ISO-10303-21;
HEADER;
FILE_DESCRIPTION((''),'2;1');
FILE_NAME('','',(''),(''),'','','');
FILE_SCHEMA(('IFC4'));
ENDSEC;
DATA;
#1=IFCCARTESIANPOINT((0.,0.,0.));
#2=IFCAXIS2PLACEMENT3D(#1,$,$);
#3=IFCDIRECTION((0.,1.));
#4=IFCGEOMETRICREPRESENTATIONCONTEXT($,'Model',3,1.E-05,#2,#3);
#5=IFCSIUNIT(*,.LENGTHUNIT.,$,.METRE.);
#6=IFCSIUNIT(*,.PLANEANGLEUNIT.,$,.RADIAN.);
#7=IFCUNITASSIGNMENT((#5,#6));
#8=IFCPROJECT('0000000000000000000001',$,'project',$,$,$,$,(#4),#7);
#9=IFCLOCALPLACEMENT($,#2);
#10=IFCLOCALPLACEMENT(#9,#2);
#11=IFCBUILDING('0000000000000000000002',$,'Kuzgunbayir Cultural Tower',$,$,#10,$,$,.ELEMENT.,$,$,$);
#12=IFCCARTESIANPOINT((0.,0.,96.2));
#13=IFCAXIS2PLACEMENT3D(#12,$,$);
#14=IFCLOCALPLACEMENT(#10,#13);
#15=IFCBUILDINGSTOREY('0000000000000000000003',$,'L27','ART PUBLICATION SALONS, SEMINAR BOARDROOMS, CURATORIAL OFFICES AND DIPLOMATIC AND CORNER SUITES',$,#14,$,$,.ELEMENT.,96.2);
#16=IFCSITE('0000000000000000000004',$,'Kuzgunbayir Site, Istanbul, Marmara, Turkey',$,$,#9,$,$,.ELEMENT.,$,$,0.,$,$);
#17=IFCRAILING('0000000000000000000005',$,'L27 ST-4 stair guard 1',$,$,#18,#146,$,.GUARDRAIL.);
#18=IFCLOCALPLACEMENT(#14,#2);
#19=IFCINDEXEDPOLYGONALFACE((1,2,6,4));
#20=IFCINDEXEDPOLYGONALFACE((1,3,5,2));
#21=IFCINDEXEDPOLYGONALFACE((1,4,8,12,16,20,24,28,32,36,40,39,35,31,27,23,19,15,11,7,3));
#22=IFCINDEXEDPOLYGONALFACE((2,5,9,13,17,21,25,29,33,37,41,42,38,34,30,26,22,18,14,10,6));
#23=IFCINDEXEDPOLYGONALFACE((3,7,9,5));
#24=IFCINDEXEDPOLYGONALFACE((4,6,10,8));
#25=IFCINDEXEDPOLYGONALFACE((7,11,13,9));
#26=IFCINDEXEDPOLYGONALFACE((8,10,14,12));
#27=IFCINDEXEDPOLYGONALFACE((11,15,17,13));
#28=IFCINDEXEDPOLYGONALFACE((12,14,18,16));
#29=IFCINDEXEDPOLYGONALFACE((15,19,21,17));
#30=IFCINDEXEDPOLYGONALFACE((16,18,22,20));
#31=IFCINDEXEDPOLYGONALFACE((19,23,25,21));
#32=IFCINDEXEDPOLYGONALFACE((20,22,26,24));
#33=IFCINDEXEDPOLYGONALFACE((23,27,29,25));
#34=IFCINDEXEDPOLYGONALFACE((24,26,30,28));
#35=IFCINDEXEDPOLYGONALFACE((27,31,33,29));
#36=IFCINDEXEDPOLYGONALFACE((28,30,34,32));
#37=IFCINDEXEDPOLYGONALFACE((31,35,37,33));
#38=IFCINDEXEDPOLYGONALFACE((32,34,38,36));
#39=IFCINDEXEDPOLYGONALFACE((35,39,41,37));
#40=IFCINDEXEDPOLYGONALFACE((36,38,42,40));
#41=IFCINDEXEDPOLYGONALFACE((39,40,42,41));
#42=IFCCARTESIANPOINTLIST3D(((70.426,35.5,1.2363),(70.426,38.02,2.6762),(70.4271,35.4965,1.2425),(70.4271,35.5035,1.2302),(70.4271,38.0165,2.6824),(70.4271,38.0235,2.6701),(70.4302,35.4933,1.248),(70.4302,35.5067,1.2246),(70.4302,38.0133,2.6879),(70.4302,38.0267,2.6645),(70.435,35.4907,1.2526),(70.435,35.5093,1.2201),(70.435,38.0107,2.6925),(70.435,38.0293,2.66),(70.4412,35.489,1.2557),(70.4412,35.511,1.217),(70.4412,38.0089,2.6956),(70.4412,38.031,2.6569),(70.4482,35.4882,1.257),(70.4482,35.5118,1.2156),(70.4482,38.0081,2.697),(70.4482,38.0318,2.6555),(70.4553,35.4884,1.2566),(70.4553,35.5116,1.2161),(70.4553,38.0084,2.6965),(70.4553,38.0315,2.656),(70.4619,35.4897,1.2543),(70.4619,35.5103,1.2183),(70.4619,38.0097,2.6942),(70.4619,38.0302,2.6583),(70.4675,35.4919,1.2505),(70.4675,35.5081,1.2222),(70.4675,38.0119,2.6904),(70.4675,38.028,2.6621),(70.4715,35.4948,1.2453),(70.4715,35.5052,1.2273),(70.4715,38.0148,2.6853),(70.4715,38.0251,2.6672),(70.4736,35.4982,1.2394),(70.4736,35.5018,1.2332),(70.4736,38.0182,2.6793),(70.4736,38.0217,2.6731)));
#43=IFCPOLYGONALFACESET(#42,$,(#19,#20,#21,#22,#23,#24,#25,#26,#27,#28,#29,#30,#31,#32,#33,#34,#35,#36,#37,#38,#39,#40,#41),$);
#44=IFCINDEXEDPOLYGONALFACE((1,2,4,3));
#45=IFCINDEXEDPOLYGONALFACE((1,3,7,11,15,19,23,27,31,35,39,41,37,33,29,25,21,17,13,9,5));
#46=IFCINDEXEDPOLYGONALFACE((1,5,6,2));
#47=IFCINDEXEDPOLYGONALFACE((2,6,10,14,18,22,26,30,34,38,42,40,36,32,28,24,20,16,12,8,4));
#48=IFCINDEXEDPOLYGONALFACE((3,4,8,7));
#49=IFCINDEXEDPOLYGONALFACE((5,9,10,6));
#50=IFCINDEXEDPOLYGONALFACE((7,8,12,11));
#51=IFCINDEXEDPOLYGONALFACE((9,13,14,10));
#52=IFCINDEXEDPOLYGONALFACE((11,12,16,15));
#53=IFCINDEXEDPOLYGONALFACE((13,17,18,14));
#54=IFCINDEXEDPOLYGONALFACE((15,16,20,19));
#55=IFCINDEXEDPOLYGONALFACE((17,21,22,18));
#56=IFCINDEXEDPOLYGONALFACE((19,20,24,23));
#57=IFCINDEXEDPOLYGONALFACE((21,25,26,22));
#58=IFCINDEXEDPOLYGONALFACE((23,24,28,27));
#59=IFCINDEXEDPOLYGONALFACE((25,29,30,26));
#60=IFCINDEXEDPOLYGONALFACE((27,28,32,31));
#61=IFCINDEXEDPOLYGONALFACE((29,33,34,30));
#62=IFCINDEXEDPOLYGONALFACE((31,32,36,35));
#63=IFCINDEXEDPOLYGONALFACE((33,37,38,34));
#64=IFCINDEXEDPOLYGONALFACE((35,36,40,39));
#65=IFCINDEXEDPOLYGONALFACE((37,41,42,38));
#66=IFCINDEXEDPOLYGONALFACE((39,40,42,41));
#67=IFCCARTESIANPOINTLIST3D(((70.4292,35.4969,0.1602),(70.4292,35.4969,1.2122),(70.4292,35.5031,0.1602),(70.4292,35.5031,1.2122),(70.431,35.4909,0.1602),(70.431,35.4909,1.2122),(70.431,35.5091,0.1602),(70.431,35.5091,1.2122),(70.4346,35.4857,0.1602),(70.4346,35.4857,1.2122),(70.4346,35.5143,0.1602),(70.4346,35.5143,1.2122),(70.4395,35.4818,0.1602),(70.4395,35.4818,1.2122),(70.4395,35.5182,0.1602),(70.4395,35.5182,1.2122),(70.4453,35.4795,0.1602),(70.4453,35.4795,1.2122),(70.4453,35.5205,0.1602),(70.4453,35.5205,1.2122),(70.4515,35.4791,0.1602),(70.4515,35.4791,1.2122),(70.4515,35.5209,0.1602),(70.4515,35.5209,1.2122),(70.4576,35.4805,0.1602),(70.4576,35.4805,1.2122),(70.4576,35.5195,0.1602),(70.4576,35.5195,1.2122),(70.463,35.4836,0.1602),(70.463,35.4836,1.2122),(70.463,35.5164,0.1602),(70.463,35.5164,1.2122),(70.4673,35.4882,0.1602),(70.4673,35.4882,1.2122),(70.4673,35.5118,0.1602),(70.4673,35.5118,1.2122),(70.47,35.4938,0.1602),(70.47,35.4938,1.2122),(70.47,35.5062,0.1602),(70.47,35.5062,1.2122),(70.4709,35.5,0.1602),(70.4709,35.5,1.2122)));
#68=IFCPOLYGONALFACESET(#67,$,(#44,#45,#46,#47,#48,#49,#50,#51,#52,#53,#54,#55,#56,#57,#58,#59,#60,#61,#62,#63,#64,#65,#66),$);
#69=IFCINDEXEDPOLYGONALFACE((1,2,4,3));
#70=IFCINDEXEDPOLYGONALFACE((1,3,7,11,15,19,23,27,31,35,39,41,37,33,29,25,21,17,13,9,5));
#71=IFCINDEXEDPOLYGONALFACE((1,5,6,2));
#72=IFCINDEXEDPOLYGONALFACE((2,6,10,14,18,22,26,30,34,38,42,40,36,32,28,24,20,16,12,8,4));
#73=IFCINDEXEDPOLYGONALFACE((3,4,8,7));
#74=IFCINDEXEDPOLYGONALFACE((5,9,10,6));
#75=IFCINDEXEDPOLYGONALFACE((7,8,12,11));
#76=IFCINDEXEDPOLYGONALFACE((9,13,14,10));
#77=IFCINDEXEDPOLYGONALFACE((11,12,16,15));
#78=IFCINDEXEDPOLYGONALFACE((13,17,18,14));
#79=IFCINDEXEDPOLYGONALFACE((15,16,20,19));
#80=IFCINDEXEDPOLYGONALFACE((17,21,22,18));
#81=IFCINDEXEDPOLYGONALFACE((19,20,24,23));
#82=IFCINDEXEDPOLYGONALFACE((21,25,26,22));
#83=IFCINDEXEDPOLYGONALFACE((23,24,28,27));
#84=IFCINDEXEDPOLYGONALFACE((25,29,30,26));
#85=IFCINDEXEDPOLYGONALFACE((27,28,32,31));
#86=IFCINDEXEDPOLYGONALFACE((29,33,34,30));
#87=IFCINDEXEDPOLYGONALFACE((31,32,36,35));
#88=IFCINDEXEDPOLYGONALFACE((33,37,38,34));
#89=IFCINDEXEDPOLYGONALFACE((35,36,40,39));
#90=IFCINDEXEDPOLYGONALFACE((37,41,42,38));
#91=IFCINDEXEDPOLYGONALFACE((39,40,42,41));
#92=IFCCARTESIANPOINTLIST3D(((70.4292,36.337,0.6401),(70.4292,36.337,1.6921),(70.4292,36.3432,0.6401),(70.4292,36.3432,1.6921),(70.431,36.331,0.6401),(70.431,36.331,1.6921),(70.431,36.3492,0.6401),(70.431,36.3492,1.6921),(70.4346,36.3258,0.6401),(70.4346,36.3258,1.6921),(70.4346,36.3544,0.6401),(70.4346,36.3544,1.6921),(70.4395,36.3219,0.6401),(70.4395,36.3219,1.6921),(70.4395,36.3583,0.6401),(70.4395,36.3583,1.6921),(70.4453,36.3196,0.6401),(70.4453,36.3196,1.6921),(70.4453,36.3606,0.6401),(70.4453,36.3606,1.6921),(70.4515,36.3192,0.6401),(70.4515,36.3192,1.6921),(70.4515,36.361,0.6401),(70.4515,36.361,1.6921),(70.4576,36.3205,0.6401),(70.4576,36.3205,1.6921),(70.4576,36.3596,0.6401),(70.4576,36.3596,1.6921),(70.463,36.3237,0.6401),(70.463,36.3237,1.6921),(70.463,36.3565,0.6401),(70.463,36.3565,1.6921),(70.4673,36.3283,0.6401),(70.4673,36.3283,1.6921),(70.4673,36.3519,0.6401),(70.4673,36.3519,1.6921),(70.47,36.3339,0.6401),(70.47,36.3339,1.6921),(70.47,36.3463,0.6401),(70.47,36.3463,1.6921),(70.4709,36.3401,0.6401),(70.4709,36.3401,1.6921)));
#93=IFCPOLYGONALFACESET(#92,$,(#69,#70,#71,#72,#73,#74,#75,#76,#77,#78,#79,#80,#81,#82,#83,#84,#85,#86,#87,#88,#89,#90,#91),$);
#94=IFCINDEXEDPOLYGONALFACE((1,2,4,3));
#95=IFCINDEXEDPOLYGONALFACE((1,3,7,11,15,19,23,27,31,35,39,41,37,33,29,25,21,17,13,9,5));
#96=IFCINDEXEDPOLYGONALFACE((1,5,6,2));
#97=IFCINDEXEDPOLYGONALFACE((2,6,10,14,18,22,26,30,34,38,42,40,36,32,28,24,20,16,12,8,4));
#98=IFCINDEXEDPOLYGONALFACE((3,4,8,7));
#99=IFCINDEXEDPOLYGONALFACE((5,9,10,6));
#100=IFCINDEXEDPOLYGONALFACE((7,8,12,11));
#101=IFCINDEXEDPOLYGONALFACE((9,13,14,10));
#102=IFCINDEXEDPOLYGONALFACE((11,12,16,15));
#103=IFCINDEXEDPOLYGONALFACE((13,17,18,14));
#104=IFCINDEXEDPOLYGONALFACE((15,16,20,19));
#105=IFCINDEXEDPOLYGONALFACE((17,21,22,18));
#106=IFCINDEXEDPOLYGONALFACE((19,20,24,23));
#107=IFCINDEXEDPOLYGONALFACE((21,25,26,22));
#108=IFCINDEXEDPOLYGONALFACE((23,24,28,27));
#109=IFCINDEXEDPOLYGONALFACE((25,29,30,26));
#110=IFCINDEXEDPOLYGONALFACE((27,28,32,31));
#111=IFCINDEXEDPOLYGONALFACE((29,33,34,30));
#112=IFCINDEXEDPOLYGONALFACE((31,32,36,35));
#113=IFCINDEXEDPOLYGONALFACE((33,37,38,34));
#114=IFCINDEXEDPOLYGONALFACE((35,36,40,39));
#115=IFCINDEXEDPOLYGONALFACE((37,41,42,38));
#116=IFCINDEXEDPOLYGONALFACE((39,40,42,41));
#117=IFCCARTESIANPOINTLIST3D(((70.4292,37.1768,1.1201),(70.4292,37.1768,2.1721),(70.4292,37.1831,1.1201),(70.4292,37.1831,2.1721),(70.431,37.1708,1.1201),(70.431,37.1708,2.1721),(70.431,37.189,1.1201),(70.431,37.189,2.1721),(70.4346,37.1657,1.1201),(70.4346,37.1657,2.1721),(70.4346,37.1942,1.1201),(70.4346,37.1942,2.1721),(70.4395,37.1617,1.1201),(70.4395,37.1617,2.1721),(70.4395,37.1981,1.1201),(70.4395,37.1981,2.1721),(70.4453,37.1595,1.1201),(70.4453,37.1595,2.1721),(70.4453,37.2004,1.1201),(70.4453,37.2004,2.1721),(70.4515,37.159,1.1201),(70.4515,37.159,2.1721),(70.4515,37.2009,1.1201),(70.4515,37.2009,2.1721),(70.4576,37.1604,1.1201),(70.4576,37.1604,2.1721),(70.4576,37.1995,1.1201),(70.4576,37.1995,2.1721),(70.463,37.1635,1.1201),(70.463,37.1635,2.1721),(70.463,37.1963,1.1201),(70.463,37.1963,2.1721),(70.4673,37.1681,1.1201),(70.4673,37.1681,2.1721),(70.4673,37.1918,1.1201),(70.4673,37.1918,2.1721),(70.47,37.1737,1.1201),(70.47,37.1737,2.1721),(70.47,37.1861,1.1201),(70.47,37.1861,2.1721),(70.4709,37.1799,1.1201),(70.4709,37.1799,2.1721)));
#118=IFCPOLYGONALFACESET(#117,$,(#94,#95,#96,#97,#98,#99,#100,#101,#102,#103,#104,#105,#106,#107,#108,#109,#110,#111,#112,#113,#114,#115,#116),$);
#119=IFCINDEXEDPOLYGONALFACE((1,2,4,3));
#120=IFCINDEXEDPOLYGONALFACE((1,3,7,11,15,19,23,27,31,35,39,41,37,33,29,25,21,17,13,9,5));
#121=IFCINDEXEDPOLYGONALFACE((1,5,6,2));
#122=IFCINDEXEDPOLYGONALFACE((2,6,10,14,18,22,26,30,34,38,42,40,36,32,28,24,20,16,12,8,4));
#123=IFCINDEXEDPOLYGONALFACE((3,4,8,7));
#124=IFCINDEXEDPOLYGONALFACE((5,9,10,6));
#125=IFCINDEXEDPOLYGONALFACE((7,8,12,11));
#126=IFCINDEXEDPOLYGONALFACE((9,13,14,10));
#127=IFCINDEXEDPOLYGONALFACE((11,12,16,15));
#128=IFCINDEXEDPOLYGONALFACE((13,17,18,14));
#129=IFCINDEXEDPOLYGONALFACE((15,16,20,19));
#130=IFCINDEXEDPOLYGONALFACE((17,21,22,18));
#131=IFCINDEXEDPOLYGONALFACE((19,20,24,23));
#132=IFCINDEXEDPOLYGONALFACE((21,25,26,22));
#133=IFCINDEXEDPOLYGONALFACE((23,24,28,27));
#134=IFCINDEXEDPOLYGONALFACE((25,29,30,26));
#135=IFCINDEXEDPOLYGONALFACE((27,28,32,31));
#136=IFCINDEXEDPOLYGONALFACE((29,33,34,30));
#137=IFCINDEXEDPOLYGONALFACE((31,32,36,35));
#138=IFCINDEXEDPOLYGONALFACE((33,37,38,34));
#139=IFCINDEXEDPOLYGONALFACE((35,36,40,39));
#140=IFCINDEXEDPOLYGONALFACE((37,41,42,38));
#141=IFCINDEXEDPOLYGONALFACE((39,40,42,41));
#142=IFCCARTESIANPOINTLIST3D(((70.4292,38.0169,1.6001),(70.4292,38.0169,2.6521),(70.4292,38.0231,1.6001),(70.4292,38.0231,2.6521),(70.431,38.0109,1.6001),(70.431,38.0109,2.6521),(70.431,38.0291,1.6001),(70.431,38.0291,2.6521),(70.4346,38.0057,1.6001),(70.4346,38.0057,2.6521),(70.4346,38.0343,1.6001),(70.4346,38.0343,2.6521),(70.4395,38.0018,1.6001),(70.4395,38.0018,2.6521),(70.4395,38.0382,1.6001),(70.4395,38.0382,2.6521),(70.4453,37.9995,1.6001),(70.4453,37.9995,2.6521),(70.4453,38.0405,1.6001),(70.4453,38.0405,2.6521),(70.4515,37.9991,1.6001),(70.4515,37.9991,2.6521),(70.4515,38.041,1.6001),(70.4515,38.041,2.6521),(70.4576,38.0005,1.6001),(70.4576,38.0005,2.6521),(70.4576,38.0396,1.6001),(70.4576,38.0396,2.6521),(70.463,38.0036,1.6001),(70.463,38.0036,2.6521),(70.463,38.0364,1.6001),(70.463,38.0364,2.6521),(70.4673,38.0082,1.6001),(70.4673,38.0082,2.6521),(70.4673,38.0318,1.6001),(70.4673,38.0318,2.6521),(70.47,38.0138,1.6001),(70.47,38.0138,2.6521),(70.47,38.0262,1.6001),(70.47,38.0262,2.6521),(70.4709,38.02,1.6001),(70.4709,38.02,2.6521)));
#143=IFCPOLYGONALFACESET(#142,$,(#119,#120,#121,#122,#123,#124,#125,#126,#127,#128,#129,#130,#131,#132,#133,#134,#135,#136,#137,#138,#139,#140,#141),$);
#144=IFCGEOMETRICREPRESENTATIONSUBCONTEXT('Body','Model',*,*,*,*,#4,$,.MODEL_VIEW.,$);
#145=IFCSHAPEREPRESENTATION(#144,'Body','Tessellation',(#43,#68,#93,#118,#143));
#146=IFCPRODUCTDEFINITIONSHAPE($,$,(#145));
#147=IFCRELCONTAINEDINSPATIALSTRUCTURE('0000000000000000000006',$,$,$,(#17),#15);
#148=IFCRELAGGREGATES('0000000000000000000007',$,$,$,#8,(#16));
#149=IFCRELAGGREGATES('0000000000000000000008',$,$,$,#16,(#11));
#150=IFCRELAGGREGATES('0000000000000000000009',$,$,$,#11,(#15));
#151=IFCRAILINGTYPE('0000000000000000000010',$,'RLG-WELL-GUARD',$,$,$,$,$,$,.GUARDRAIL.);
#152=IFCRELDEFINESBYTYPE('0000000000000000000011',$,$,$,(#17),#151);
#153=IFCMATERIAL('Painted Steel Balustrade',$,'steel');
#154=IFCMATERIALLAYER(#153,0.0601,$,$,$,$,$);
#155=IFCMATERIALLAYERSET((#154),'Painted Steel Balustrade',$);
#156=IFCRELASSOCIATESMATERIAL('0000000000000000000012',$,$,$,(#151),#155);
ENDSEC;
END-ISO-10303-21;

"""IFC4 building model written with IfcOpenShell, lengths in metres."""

from ifc_helpers import new_model, si_unit, direction, frame, origin, origin_2d, place, context, subcontext, project, spatial, circle, extrude, material, layer, layer_set, type_object, element, save


model = new_model("IFC4")

# Units and contexts
model_context = context("Model", 3, precision=1e-05, world=origin(), true_north=direction((0.0, 1.0)))
body_context = subcontext(model_context, "Body", "Model", "MODEL_VIEW")
ifc_project = project(units=[si_unit("LENGTHUNIT", "METRE"), si_unit("PLANEANGLEUNIT", "RADIAN")], contexts=[model_context])

# Site, building, storey
site_placement = place(None, origin())
site = spatial("IfcSite", under=ifc_project, at=site_placement, Name="Kuzgunbayir Site, Istanbul, Marmara, Turkey", CompositionType="ELEMENT", RefElevation=0.0)
building_placement = place(site_placement, origin())
building = spatial("IfcBuilding", under=site, at=building_placement, Name="Kuzgunbayir Cultural Tower", CompositionType="ELEMENT")
storey_placement = place(building_placement, frame((0.0, 0.0, 96.2)))
storey = spatial("IfcBuildingStorey", under=building, at=storey_placement, Name="L27", Description="ART PUBLICATION SALONS, SEMINAR BOARDROOMS, CURATORIAL OFFICES AND DIPLOMATIC AND CORNER SUITES", CompositionType="ELEMENT", Elevation=96.2)

# Railing
ifc_material_1 = material(Name="Painted Steel Balustrade", Category="steel")
ifc_layer_1 = layer(ifc_material_1, 0.0601)
ifc_layer_set_1 = layer_set([ifc_layer_1], Name="Painted Steel Balustrade")
railing_type_1 = type_object("IfcRailingType", Name="RLG-WELL-GUARD", PredefinedType="GUARDRAIL", material=ifc_layer_set_1)
railing_1_placement = place(storey_placement, frame((70.45, 35.5, 0.1602)))
element("IfcRailing", 1, at=railing_1_placement, inside=storey, type_object=railing_type_1, Name="L27 ST-4 stair guard 1", PredefinedType="GUARDRAIL", context=body_context, shape_type="SweptSolid", body=[
    extrude(circle(Radius=0.0239, at=origin_2d()), frame((0.0, 0.0, 1.0762), z_axis=(0.0, 0.868253, 0.496121), x_axis=(-1.0, 0.0, 0.0)), (0.0, 0.0, 1.0), 2.9023),
    extrude(circle(Radius=0.021, at=origin_2d()), origin(), (0.0, 0.0, 1.0), 1.052),
    extrude(circle(Radius=0.021, at=origin_2d()), frame((0.0, 0.8401, 0.48)), (0.0, 0.0, 1.0), 1.052),
    extrude(circle(Radius=0.021, at=origin_2d()), frame((0.0, 1.6799, 0.96)), (0.0, 0.0, 1.0), 1.052),
    extrude(circle(Radius=0.021, at=origin_2d()), frame((0.0, 2.52, 1.4399)), (0.0, 0.0, 1.0), 1.052),
])

save(model, "model.ifc")
